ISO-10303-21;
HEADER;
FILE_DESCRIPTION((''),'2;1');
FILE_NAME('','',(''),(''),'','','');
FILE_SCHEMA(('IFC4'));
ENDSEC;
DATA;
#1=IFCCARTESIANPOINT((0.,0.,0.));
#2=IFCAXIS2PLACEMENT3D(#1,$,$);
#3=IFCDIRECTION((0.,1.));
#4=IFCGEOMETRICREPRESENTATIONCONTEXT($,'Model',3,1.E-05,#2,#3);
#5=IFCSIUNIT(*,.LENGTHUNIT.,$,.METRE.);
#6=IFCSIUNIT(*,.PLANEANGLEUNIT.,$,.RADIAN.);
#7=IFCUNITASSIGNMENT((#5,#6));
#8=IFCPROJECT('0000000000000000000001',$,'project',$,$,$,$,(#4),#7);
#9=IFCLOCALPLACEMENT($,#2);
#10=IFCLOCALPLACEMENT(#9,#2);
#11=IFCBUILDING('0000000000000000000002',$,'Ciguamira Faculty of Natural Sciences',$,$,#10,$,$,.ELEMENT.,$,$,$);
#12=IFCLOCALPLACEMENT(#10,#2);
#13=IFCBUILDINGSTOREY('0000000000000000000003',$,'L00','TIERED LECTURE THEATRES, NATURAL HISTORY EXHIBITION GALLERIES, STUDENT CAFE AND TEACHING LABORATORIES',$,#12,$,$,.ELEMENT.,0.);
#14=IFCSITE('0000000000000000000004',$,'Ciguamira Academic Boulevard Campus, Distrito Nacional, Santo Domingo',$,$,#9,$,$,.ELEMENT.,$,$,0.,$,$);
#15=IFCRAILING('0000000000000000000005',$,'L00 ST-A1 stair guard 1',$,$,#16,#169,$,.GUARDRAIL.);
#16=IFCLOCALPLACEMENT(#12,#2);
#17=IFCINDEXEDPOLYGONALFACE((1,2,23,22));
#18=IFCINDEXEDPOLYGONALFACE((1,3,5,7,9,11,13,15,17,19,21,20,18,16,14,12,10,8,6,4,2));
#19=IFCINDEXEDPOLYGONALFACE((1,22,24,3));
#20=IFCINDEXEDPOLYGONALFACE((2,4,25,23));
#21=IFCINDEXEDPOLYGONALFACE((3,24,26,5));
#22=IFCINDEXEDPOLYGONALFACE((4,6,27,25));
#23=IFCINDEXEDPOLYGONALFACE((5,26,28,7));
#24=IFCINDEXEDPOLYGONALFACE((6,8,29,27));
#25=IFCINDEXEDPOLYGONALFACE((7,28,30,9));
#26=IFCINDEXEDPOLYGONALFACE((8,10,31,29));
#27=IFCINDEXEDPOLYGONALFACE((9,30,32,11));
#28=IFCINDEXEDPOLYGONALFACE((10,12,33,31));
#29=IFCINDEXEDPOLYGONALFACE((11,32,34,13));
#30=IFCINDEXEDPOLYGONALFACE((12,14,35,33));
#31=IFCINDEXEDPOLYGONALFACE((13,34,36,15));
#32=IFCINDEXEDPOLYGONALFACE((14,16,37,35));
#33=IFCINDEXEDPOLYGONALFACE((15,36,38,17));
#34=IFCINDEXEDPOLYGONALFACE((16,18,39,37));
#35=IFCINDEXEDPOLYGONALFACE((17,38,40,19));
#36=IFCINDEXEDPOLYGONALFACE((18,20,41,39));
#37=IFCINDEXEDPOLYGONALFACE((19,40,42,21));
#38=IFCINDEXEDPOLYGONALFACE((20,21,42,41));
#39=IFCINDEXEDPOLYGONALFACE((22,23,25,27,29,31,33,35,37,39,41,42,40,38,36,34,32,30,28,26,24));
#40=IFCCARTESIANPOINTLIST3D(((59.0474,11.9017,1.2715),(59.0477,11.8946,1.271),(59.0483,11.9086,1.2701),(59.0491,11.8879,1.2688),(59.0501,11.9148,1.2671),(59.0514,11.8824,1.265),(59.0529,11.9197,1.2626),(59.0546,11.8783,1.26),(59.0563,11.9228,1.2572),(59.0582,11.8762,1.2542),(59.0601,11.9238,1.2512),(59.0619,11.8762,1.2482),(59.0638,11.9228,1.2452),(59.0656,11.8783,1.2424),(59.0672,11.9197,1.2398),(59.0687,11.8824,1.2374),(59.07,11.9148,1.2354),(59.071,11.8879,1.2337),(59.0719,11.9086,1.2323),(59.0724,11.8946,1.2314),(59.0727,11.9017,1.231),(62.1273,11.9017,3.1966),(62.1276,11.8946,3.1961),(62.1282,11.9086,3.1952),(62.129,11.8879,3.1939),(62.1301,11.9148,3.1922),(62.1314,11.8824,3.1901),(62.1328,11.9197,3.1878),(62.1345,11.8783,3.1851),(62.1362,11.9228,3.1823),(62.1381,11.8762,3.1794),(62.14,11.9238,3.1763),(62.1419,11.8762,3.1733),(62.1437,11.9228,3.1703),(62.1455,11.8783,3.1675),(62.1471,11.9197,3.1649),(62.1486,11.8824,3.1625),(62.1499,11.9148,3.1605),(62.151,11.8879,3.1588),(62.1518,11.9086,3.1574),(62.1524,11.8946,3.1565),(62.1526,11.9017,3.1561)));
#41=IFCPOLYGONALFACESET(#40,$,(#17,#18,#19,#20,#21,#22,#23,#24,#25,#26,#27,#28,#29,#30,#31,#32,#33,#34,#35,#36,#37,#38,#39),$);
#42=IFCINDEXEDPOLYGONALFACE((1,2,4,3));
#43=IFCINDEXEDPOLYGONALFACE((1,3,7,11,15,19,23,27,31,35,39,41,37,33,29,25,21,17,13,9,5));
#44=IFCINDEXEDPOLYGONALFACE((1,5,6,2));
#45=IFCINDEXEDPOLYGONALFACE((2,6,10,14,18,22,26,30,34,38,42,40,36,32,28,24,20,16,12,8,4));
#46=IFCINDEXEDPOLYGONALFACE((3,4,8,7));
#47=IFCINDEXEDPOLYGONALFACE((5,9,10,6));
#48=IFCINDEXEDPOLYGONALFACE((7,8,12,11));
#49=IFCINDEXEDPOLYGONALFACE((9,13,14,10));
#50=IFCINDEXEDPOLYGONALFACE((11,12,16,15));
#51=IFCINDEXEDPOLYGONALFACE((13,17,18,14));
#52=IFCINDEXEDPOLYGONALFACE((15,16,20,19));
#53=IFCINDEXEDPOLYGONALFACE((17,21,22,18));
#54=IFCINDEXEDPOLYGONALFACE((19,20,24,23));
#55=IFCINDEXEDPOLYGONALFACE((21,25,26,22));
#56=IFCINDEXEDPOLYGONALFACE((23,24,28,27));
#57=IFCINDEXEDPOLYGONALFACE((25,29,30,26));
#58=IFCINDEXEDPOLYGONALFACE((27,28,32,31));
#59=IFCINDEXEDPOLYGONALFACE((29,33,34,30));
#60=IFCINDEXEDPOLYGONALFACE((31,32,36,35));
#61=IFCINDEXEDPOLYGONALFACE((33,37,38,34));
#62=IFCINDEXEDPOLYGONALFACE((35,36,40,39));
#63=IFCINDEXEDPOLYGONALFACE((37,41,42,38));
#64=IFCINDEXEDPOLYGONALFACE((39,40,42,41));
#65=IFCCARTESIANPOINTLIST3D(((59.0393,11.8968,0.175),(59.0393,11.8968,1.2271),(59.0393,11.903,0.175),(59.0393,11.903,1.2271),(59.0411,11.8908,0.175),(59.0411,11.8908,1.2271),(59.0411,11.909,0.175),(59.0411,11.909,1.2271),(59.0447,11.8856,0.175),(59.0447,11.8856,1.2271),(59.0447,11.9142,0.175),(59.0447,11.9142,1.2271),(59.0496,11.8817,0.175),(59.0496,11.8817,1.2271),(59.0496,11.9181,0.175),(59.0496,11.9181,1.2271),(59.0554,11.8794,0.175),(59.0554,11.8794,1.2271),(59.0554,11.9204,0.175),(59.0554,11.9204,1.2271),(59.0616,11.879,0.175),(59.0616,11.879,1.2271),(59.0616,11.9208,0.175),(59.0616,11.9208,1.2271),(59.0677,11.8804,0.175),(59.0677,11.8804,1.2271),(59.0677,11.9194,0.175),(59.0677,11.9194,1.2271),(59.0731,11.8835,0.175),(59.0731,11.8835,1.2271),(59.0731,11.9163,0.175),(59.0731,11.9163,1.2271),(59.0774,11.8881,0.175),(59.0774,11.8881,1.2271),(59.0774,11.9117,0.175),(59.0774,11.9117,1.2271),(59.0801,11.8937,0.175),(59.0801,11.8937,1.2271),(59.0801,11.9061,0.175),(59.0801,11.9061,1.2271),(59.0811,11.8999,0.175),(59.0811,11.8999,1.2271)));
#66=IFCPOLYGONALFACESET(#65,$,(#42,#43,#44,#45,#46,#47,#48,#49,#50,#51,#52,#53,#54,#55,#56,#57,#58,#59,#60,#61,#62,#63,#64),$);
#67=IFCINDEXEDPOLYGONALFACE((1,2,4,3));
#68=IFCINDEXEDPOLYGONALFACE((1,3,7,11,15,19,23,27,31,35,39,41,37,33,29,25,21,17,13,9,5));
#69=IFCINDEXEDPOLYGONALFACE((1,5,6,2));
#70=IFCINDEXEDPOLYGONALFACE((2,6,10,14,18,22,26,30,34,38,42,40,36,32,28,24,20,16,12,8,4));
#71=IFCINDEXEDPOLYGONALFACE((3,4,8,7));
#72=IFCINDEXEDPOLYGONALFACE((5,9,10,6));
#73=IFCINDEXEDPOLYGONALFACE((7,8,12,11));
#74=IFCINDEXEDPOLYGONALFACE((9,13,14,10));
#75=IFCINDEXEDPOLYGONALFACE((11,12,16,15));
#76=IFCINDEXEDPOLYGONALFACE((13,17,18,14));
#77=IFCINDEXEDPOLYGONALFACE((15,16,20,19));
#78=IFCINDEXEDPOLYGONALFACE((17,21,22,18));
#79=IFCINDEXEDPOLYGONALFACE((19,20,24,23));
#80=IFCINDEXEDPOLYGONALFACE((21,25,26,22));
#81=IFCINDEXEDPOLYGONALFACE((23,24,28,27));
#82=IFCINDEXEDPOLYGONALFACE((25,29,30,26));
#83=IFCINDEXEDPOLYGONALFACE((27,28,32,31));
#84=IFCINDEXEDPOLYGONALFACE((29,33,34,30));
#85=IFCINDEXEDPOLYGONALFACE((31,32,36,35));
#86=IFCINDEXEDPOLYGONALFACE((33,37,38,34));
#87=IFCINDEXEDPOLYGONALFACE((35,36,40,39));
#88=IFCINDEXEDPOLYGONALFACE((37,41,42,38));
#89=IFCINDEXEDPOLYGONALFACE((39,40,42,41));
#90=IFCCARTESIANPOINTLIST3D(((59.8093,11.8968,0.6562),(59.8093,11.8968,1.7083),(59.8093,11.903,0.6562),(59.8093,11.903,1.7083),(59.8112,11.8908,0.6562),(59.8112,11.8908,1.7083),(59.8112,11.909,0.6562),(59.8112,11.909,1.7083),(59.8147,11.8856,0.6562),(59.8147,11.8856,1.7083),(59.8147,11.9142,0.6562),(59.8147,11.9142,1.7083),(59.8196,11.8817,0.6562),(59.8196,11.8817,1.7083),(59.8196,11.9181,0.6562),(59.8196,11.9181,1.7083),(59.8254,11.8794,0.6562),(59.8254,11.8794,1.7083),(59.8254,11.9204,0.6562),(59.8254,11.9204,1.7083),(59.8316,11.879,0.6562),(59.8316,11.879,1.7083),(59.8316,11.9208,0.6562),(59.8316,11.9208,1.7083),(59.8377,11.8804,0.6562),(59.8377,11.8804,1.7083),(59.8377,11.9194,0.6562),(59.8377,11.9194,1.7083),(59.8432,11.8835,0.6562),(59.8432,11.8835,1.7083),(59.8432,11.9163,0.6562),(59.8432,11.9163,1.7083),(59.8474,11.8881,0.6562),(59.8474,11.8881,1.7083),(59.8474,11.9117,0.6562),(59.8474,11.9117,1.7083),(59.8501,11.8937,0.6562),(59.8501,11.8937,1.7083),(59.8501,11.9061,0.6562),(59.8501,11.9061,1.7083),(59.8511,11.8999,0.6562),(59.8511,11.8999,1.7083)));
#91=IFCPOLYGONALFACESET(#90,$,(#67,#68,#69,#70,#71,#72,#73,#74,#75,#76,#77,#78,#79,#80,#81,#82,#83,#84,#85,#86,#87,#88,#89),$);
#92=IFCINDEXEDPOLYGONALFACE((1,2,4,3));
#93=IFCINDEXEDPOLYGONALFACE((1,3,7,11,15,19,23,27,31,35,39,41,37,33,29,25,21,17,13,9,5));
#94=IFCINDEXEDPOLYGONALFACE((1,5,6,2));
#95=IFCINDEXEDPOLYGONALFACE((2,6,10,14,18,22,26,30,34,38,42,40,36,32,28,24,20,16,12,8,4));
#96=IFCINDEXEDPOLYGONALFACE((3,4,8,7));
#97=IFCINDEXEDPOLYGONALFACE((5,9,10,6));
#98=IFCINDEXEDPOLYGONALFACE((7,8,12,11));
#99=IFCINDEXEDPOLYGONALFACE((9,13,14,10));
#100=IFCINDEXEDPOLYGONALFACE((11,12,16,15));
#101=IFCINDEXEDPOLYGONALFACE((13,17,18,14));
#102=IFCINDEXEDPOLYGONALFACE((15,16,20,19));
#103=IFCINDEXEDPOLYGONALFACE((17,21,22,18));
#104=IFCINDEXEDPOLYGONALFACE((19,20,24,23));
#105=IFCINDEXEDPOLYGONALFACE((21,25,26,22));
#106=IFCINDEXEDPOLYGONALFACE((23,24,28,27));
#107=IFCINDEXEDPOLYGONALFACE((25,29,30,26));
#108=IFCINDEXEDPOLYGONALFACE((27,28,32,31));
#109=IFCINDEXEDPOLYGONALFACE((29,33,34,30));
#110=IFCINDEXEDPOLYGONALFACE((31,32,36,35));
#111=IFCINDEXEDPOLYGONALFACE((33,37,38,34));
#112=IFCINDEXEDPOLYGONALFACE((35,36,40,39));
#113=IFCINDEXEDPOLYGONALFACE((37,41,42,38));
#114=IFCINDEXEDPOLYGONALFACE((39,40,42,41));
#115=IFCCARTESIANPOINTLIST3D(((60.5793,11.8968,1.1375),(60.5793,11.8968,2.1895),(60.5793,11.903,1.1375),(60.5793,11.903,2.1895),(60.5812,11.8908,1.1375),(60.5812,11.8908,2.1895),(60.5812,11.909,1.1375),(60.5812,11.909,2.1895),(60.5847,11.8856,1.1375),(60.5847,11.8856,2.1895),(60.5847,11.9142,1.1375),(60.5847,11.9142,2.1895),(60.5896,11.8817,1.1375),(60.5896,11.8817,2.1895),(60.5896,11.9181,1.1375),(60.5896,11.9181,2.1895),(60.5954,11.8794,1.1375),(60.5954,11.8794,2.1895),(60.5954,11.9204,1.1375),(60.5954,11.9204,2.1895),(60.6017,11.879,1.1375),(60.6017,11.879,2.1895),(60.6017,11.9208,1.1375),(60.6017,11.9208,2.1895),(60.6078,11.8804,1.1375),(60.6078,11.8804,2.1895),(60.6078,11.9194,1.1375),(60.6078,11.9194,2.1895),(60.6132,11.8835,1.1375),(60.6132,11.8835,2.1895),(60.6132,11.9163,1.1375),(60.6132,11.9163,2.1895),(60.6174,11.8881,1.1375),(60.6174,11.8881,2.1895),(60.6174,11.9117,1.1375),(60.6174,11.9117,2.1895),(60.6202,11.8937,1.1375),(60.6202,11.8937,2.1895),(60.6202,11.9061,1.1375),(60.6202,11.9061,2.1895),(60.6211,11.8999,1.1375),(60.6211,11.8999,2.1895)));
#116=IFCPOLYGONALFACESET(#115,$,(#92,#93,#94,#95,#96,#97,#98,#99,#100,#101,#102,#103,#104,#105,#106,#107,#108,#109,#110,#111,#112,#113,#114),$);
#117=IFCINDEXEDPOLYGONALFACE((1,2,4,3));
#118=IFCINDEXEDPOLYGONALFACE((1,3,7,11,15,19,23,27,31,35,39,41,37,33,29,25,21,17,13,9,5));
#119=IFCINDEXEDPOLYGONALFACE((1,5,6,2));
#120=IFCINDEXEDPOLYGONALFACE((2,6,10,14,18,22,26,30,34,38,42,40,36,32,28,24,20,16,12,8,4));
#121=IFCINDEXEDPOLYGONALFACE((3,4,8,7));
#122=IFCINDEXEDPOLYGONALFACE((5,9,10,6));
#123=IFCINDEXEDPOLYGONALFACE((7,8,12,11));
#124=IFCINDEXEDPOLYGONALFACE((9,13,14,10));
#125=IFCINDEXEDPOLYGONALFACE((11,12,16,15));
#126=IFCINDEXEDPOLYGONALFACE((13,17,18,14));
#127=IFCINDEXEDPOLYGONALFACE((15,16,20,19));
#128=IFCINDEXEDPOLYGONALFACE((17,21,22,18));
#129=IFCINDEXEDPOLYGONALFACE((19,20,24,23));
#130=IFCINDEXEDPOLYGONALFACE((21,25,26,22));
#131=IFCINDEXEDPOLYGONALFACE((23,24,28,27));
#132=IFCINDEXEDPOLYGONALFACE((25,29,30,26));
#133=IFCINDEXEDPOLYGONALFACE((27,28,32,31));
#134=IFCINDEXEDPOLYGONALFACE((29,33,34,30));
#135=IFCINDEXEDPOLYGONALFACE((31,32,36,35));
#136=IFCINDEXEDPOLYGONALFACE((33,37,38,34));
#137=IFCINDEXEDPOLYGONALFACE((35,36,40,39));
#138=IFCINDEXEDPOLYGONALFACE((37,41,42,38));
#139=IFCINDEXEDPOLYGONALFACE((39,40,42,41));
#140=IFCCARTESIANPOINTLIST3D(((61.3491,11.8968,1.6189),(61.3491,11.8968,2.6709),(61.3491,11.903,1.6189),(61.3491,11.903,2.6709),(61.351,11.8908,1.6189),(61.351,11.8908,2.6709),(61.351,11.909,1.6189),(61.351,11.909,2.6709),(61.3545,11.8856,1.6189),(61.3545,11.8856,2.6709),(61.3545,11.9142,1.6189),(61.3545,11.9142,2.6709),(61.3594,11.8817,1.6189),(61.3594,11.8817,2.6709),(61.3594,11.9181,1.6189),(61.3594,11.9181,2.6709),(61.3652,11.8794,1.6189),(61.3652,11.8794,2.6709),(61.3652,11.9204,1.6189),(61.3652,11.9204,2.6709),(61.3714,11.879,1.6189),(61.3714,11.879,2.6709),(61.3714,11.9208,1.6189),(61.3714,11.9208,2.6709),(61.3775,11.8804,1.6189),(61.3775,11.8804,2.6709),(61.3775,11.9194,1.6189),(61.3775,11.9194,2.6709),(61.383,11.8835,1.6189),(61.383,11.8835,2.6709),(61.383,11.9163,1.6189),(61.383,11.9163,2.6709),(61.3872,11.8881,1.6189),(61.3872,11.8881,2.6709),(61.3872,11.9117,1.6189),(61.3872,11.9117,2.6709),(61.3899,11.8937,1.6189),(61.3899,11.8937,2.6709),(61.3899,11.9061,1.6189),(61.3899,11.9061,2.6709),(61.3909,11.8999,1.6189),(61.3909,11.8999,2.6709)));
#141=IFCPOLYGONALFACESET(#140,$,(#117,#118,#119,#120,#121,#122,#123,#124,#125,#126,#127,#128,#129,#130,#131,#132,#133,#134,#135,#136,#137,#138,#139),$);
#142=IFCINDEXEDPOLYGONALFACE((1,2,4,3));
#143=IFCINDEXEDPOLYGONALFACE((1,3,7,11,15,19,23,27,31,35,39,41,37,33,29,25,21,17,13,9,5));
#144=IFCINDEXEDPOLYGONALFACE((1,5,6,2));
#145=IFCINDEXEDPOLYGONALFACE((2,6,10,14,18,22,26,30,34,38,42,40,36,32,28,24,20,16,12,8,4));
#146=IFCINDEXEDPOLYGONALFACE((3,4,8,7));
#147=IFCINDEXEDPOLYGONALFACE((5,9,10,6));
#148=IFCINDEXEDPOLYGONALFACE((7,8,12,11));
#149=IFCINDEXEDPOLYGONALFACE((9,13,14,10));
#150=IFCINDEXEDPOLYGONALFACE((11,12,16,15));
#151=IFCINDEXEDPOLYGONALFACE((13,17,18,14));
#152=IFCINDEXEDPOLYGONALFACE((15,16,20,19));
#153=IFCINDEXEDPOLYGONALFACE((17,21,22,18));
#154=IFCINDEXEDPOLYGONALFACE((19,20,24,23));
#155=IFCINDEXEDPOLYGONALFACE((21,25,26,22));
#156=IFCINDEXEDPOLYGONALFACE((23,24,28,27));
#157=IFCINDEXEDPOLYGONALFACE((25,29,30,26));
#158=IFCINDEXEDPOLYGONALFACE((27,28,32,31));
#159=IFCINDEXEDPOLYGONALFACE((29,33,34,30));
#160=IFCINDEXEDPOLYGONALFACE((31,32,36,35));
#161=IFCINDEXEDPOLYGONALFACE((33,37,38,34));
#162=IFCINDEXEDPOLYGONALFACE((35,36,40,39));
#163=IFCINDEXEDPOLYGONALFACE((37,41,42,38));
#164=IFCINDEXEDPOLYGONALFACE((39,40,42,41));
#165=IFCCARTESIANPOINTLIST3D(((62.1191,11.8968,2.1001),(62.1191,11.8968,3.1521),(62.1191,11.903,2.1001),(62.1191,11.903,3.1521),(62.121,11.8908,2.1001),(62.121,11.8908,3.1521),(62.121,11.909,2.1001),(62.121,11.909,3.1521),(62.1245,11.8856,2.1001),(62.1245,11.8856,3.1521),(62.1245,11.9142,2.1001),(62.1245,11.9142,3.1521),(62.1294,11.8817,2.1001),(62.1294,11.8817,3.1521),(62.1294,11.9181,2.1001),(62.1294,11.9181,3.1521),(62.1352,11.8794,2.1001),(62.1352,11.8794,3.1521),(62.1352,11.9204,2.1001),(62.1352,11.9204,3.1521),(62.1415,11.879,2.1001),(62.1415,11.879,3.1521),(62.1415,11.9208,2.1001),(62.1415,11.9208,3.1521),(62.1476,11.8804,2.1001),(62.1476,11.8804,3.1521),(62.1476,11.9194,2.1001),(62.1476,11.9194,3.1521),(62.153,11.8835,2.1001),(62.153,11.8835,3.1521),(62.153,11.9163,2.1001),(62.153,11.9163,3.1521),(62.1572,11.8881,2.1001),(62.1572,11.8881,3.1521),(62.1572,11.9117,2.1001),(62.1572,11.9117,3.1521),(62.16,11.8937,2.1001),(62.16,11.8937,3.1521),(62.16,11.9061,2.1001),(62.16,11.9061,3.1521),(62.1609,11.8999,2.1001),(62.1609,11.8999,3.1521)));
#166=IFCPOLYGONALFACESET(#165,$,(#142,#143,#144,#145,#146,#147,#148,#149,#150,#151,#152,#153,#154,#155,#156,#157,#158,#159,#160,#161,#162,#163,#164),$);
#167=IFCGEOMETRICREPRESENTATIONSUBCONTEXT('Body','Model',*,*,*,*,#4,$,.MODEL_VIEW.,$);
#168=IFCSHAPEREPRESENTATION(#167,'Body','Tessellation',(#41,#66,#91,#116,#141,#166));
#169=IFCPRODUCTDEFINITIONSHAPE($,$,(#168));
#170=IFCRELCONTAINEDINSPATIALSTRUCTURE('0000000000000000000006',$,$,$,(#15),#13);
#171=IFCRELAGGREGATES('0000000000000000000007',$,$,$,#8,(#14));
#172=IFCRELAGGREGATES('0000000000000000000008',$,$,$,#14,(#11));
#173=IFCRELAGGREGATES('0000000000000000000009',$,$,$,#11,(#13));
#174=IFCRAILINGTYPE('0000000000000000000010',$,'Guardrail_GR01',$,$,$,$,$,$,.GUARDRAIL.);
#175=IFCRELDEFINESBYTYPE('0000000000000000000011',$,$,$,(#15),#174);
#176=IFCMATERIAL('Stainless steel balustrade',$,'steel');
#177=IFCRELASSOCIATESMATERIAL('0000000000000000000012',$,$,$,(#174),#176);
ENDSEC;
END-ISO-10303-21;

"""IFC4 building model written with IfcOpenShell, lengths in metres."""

from ifc_helpers import new_model, si_unit, direction, frame, origin, origin_2d, place, context, subcontext, project, spatial, circle, extrude, material, type_object, element, save


model = new_model("IFC4")

# Units and contexts
model_context = context("Model", 3, precision=1e-05, world=origin(), true_north=direction((0.0, 1.0)))
body_context = subcontext(model_context, "Body", "Model", "MODEL_VIEW")
ifc_project = project(units=[si_unit("LENGTHUNIT", "METRE"), si_unit("PLANEANGLEUNIT", "RADIAN")], contexts=[model_context])

# Site, building, storey
site_placement = place(None, origin())
site = spatial("IfcSite", under=ifc_project, at=site_placement, Name="Ciguamira Academic Boulevard Campus, Distrito Nacional, Santo Domingo", CompositionType="ELEMENT", RefElevation=0.0)
building_placement = place(site_placement, origin())
building = spatial("IfcBuilding", under=site, at=building_placement, Name="Ciguamira Faculty of Natural Sciences", CompositionType="ELEMENT")
storey_placement = place(building_placement, origin())
storey = spatial("IfcBuildingStorey", under=building, at=storey_placement, Name="L00", Description="TIERED LECTURE THEATRES, NATURAL HISTORY EXHIBITION GALLERIES, STUDENT CAFE AND TEACHING LABORATORIES", CompositionType="ELEMENT", Elevation=0.0)

# Railing
ifc_material_1 = material(Name="Stainless steel balustrade", Category="steel")
railing_type_1 = type_object("IfcRailingType", Name="Guardrail_GR01", PredefinedType="GUARDRAIL", material=ifc_material_1)
railing_1_placement = place(storey_placement, frame((59.0601, 11.8999, 0.175)))
element("IfcRailing", 1, at=railing_1_placement, inside=storey, type_object=railing_type_1, Name="L00 ST-A1 stair guard 1", PredefinedType="GUARDRAIL", context=body_context, shape_type="SweptSolid", body=[
    extrude(circle(Radius=0.0239, at=origin_2d()), frame((0.0, 0.0, 1.0762), z_axis=(0.847979, 0.0, 0.530029), x_axis=(0.0, 1.0, 0.0)), (0.0, 0.0, 1.0), 3.6321),
    extrude(circle(Radius=0.021, at=origin_2d()), origin(), (0.0, 0.0, 1.0), 1.052),
    extrude(circle(Radius=0.021, at=origin_2d()), frame((0.77, 0.0, 0.4812)), (0.0, 0.0, 1.0), 1.052),
    extrude(circle(Radius=0.021, at=origin_2d()), frame((1.54, 0.0, 0.9624)), (0.0, 0.0, 1.0), 1.052),
    extrude(circle(Radius=0.021, at=origin_2d()), frame((2.3098, 0.0, 1.4438)), (0.0, 0.0, 1.0), 1.052),
    extrude(circle(Radius=0.021, at=origin_2d()), frame((3.0798, 0.0, 1.925)), (0.0, 0.0, 1.0), 1.052),
])

save(model, "model.ifc")
